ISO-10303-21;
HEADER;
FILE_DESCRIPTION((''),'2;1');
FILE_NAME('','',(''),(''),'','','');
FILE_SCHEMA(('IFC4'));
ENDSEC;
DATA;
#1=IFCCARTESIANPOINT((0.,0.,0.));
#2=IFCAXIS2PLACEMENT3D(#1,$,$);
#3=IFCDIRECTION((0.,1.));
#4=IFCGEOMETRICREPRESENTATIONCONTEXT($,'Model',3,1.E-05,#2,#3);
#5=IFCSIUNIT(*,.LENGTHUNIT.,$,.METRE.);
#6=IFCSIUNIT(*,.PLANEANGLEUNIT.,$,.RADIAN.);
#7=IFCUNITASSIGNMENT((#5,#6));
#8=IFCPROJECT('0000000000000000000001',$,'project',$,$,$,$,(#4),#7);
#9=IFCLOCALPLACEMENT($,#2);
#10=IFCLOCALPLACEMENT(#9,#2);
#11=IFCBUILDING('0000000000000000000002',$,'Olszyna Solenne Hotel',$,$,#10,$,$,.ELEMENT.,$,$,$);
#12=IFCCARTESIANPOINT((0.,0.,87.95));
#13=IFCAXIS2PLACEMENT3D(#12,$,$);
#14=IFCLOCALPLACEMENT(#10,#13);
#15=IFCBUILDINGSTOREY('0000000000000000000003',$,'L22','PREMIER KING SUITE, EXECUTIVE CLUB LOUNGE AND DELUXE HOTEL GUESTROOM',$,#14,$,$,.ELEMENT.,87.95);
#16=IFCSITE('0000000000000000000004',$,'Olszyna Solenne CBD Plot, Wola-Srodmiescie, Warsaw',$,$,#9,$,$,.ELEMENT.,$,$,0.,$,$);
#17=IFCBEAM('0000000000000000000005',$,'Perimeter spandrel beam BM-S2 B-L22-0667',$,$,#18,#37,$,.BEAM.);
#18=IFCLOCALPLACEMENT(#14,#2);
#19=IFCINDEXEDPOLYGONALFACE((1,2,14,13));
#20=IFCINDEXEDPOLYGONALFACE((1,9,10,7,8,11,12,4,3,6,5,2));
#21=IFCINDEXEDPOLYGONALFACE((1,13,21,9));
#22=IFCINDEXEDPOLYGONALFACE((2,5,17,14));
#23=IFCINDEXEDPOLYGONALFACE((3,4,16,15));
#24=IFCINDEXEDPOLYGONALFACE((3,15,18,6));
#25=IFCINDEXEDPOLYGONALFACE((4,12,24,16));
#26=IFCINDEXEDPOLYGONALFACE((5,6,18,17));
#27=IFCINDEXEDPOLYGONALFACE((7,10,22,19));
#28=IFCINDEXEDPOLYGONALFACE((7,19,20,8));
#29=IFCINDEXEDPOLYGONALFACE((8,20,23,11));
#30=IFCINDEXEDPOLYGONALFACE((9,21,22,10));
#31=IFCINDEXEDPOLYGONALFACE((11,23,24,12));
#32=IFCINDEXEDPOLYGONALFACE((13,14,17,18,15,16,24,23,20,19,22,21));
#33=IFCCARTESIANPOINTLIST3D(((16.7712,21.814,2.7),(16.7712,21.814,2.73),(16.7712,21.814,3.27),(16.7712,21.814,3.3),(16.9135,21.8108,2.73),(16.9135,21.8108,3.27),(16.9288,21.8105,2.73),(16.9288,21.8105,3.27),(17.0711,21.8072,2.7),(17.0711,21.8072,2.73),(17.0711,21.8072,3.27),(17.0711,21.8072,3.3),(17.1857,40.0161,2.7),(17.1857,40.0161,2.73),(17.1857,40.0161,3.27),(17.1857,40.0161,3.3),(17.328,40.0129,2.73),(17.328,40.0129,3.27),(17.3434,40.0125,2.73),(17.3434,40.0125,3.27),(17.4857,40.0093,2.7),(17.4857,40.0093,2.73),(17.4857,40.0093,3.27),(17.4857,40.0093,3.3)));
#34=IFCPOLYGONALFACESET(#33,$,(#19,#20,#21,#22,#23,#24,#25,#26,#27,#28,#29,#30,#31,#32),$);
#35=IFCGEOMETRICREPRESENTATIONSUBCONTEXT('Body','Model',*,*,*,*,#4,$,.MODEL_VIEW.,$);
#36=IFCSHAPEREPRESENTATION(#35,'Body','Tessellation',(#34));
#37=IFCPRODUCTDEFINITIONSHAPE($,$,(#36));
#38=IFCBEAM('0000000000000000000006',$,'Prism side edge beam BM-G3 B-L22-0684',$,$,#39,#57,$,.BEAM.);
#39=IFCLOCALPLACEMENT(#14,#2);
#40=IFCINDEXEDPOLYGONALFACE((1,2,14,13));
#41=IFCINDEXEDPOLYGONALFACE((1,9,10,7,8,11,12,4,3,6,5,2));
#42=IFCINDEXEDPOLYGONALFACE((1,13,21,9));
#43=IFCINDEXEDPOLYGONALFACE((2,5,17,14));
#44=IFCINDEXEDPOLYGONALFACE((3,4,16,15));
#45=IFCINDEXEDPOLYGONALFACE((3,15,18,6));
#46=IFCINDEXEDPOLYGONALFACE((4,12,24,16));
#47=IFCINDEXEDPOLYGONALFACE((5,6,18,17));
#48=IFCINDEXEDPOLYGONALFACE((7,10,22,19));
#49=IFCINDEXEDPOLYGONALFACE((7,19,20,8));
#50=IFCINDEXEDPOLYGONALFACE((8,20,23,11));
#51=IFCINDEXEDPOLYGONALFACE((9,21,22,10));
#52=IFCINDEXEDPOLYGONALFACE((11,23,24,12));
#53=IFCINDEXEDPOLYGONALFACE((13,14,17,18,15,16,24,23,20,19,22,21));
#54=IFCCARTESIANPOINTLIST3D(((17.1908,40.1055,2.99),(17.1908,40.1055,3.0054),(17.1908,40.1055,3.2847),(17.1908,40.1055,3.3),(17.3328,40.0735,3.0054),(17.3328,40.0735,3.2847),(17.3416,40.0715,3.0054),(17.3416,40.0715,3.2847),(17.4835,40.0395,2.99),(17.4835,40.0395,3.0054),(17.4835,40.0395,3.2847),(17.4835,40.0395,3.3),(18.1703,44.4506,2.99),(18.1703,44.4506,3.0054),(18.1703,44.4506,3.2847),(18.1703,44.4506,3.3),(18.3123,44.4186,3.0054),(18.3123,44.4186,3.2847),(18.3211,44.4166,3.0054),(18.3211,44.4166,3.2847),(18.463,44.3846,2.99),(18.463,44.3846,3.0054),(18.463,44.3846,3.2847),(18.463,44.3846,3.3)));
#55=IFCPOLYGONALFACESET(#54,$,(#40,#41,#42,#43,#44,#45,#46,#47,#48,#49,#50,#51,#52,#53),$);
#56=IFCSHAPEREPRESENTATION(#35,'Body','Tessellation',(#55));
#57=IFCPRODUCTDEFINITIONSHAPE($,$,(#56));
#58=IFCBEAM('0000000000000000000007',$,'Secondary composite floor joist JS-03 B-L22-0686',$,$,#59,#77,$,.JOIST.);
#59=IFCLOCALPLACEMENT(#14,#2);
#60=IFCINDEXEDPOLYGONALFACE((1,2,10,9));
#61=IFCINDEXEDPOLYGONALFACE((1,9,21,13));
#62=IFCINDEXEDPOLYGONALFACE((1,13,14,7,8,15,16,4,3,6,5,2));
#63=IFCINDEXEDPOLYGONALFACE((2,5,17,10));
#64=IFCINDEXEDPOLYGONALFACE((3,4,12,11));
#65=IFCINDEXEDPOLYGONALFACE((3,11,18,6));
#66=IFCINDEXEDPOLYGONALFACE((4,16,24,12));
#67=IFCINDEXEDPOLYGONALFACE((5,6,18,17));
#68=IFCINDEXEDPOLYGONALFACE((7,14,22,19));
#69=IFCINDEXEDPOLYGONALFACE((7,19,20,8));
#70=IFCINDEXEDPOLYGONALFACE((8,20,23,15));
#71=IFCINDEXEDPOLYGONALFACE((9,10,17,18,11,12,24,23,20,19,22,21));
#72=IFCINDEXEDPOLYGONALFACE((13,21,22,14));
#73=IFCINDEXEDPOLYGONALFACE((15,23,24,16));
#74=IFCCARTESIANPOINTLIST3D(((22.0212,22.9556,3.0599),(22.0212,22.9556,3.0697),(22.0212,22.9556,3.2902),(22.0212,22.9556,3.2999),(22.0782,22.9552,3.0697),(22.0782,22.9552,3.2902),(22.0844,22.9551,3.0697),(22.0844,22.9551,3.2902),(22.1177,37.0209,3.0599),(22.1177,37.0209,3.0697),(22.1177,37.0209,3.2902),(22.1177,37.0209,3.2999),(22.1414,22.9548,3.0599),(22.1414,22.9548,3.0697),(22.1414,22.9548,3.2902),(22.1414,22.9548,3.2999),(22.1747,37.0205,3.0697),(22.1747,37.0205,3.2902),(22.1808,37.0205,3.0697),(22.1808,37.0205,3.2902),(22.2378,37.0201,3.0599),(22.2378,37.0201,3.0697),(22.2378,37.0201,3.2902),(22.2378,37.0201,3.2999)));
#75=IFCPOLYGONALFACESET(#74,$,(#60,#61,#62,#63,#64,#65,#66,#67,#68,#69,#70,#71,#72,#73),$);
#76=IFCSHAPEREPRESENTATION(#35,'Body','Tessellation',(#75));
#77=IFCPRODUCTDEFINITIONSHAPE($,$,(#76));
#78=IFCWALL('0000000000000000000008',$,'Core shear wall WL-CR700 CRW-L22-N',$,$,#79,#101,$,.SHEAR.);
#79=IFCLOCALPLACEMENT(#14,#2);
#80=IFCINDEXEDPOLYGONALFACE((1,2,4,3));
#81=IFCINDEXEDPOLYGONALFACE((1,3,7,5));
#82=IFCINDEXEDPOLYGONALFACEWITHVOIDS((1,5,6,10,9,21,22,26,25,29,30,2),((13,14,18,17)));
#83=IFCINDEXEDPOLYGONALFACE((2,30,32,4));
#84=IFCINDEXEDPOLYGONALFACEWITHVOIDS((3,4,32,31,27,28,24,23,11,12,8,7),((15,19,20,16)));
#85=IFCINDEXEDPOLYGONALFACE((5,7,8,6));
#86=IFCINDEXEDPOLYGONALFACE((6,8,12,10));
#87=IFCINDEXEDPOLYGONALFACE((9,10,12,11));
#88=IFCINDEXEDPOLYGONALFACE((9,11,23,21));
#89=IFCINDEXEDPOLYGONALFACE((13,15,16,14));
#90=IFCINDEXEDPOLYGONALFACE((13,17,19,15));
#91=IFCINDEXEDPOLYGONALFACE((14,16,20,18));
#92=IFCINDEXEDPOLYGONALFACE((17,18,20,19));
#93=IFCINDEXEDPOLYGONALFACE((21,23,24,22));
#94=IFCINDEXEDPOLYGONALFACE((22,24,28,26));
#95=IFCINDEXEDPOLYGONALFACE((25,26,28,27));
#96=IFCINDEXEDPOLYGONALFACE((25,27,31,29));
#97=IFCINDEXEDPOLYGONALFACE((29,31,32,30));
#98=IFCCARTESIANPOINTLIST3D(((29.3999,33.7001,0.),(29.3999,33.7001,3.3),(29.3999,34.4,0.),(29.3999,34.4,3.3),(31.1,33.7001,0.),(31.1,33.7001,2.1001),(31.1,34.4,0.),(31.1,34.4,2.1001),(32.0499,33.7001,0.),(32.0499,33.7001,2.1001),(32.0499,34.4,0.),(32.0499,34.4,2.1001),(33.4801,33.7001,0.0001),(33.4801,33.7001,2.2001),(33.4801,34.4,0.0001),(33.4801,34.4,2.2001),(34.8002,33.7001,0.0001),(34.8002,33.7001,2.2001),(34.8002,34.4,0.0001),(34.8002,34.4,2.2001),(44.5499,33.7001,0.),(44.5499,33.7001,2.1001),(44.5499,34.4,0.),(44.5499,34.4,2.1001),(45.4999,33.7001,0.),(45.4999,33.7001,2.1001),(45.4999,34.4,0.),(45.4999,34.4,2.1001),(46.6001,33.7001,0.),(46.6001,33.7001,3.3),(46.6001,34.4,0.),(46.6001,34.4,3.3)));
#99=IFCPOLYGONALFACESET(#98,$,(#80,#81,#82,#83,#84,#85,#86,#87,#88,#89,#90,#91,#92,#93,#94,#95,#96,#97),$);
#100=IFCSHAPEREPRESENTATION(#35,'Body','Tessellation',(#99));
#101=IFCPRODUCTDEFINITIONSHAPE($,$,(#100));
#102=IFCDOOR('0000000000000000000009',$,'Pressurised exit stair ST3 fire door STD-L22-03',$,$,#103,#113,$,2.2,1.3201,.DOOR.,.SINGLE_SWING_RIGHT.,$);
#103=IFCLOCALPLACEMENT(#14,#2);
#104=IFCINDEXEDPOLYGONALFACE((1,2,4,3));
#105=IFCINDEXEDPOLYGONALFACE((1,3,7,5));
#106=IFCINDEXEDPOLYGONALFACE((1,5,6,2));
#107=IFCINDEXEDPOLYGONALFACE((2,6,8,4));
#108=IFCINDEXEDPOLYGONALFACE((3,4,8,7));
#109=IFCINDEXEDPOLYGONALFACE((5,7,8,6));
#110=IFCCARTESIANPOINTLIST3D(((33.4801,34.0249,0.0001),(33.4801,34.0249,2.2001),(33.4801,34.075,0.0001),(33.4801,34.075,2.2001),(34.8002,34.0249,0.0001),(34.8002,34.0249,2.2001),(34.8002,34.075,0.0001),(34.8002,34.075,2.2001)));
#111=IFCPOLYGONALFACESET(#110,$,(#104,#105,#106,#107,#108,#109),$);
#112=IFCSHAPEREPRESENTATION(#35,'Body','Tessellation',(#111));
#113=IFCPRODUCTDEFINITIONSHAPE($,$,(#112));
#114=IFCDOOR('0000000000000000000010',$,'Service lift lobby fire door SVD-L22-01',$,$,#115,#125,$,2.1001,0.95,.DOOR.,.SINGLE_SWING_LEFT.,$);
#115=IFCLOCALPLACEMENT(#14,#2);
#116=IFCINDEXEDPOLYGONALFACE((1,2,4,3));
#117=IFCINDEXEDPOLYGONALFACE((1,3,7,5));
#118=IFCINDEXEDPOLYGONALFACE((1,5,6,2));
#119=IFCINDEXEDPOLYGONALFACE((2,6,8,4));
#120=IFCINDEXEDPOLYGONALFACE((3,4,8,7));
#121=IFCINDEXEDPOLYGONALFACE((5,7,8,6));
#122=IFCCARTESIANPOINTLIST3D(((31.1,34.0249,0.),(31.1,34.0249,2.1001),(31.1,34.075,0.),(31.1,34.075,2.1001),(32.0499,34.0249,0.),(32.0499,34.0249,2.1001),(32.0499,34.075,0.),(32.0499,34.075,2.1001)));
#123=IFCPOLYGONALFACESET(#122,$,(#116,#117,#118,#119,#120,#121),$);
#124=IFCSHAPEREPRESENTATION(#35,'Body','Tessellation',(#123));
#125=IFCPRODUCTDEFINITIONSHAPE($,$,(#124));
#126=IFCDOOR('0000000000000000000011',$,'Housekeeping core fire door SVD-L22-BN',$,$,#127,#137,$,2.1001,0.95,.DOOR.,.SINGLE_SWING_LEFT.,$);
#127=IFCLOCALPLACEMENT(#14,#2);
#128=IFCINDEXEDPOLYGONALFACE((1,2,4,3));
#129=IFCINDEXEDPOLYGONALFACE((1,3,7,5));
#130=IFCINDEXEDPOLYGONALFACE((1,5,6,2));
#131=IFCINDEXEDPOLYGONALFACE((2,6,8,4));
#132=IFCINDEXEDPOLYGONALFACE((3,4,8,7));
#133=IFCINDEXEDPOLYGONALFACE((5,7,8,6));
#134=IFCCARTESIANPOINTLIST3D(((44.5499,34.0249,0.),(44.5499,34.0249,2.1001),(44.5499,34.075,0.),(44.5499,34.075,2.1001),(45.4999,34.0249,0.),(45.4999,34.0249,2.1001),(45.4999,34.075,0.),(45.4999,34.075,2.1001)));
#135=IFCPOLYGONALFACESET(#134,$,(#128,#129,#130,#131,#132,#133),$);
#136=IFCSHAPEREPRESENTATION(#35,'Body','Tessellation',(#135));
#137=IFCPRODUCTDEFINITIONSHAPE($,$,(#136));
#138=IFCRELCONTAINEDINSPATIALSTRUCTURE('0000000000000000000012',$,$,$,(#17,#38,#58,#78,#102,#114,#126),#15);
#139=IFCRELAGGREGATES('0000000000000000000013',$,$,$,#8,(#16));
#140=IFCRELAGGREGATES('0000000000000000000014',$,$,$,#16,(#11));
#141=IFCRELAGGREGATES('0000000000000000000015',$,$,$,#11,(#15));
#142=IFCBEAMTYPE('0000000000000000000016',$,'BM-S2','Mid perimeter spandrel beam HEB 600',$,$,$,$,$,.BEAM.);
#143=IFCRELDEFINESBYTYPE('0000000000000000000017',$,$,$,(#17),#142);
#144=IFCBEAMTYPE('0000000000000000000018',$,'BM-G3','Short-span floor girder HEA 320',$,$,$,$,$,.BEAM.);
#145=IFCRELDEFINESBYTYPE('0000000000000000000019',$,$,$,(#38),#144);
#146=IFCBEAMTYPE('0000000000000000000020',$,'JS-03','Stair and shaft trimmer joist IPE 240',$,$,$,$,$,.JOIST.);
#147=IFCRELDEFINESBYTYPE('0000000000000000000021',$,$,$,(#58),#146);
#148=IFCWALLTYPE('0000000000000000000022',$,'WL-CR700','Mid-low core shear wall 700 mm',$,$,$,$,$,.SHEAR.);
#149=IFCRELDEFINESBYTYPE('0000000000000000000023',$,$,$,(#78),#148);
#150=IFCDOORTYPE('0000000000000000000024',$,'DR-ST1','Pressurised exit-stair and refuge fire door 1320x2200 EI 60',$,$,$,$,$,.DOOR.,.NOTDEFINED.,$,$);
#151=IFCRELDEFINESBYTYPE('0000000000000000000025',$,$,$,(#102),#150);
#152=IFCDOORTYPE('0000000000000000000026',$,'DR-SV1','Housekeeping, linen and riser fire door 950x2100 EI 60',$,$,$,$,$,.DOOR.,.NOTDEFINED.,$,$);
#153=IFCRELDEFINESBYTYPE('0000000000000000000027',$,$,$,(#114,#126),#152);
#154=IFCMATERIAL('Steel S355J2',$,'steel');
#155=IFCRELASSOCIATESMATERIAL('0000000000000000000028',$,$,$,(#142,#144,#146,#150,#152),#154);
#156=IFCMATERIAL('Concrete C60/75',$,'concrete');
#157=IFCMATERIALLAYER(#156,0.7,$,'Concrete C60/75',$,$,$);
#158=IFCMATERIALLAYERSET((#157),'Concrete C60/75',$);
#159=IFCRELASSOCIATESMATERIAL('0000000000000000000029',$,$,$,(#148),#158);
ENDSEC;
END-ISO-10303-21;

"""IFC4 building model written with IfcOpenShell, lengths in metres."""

from ifc_helpers import new_model, si_unit, direction, frame, frame_2d, origin, origin_2d, place, context, subcontext, project, spatial, rectangle, i_section, extrude, source, transform, mapped, material, layer, layer_set, material_profile, profile_set, type_object, type_shapes, element, fill, save


model = new_model("IFC4")

# Units and contexts
model_context = context("Model", 3, precision=1e-05, world=origin(), true_north=direction((0.0, 1.0)))
body_context = subcontext(model_context, "Body", "Model", "MODEL_VIEW")
ifc_project = project(units=[si_unit("LENGTHUNIT", "METRE"), si_unit("PLANEANGLEUNIT", "RADIAN")], contexts=[model_context])

# Site, building, storey
site_placement = place(None, origin())
site = spatial("IfcSite", under=ifc_project, at=site_placement, Name="Olszyna Solenne CBD Plot, Wola-Srodmiescie, Warsaw", CompositionType="ELEMENT", RefElevation=0.0)
building_placement = place(site_placement, origin())
building = spatial("IfcBuilding", under=site, at=building_placement, Name="Olszyna Solenne Hotel", CompositionType="ELEMENT")
storey_placement = place(building_placement, frame((0.0, 0.0, 87.95)))
storey = spatial("IfcBuildingStorey", under=building, at=storey_placement, Name="L22", Description="PREMIER KING SUITE, EXECUTIVE CLUB LOUNGE AND DELUXE HOTEL GUESTROOM", CompositionType="ELEMENT", Elevation=87.95)

# Beams
ifc_material_1 = material(Name="Steel S355J2", Category="steel")
ifc_material_profile_1 = material_profile(ifc_material_1, i_section(OverallWidth=0.3, OverallDepth=0.6001, WebThickness=0.0154, FlangeThickness=0.03, at=origin_2d()), Name="HEB 600", Category="load-bearing")
ifc_profile_set_1 = profile_set([ifc_material_profile_1], Name="Steel S355J2")
beam_type_1 = type_object("IfcBeamType", Name="BM-S2", Description="Mid perimeter spandrel beam HEB 600", PredefinedType="BEAM", material=ifc_profile_set_1)
shared_shape_1 = source(origin(), body_context, "Body", "SweptSolid", [
    extrude(i_section(OverallWidth=0.3, OverallDepth=0.6001, WebThickness=0.0154, FlangeThickness=0.03, at=origin_2d()), origin(), (0.0, 0.0, 1.0), 18.2068),
])
beam_1_placement = place(storey_placement, frame((17.3357, 40.0127, 3.0), z_axis=(-0.022769, -0.999741, 0.0), x_axis=(0.999741, -0.022769, 0.0)))
element("IfcBeam", 1, at=beam_1_placement, inside=storey, type_object=beam_type_1, Name="Perimeter spandrel beam BM-S2 B-L22-0667", PredefinedType="BEAM", context=body_context, shape_type="MappedRepresentation", body=[
    mapped(shared_shape_1, transform((0.0, 0.0, 0.0), x_axis=(1.0, 0.0, 0.0), y_axis=(0.0, 1.0, 0.0), z_axis=(0.0, 0.0, 1.0), scale=1.0)),
])
ifc_material_profile_2 = material_profile(ifc_material_1, i_section(OverallWidth=0.3, OverallDepth=0.3101, WebThickness=0.009, FlangeThickness=0.0154, at=origin_2d()), Name="HEA 320", Category="load-bearing")
ifc_profile_set_2 = profile_set([ifc_material_profile_2], Name="Steel S355J2")
beam_type_2 = type_object("IfcBeamType", Name="BM-G3", Description="Short-span floor girder HEA 320", PredefinedType="BEAM", material=ifc_profile_set_2)
shared_shape_2 = source(origin(), body_context, "Body", "SweptSolid", [
    extrude(i_section(OverallWidth=0.3, OverallDepth=0.3101, WebThickness=0.009, FlangeThickness=0.0154, at=origin_2d()), origin(), (0.0, 0.0, 1.0), 4.4541),
])
beam_2_placement = place(storey_placement, frame((17.3372, 40.0725, 3.145), z_axis=(0.219913, 0.97552, 0.0), x_axis=(-0.97552, 0.219913, 0.0)))
element("IfcBeam", 2, at=beam_2_placement, inside=storey, type_object=beam_type_2, Name="Prism side edge beam BM-G3 B-L22-0684", PredefinedType="BEAM", context=body_context, shape_type="MappedRepresentation", body=[
    mapped(shared_shape_2, transform((0.0, 0.0, 0.0), x_axis=(1.0, 0.0, 0.0), y_axis=(0.0, 1.0, 0.0), z_axis=(0.0, 0.0, 1.0), scale=1.0)),
])
ifc_material_profile_3 = material_profile(ifc_material_1, i_section(OverallWidth=0.1201, OverallDepth=0.24, WebThickness=0.0061, FlangeThickness=0.0098, at=origin_2d()), Name="IPE 240", Category="load-bearing")
ifc_profile_set_3 = profile_set([ifc_material_profile_3], Name="Steel S355J2")
beam_type_3 = type_object("IfcBeamType", Name="JS-03", Description="Stair and shaft trimmer joist IPE 240", PredefinedType="JOIST", material=ifc_profile_set_3)
shared_shape_3 = source(origin(), body_context, "Body", "SweptSolid", [
    extrude(i_section(OverallWidth=0.1201, OverallDepth=0.24, WebThickness=0.0061, FlangeThickness=0.0098, at=origin_2d()), origin(), (0.0, 0.0, 1.0), 14.0657),
])
beam_3_placement = place(storey_placement, frame((22.1777, 37.0205, 3.1799), z_axis=(-0.006856, -0.999976, 0.0), x_axis=(0.999976, -0.006856, 0.0)))
element("IfcBeam", 3, at=beam_3_placement, inside=storey, type_object=beam_type_3, Name="Secondary composite floor joist JS-03 B-L22-0686", PredefinedType="JOIST", context=body_context, shape_type="MappedRepresentation", body=[
    mapped(shared_shape_3, transform((0.0, 0.0, 0.0), x_axis=(1.0, 0.0, 0.0), y_axis=(0.0, 1.0, 0.0), z_axis=(0.0, 0.0, 1.0), scale=1.0)),
])

# Wall, openings, doors
ifc_material_2 = material(Name="Concrete C60/75", Category="concrete")
ifc_layer_1 = layer(ifc_material_2, 0.7, Name="Concrete C60/75")
ifc_layer_set_1 = layer_set([ifc_layer_1], Name="Concrete C60/75")
wall_type_1 = type_object("IfcWallType", Name="WL-CR700", Description="Mid-low core shear wall 700 mm", PredefinedType="SHEAR", material=ifc_layer_set_1)
wall_1_placement = place(storey_placement, frame((29.3999, 34.05, 0.0), z_axis=(0.0, 0.0, 1.0), x_axis=(1.0, 0.0, 0.0)))
wall_1 = element("IfcWall", 4, at=wall_1_placement, inside=storey, type_object=wall_type_1, Name="Core shear wall WL-CR700 CRW-L22-N", PredefinedType="SHEAR", context=body_context, shape_type="SweptSolid", body=[
    extrude(rectangle(XDim=17.2002, YDim=0.7, at=frame_2d((8.6001, 0.0))), origin(), (0.0, 0.0, 1.0), 3.3),
])
opening_1_placement = place(wall_1_placement, frame((1.7, 0.0, 0.0)))
opening_1 = element("IfcOpeningElement", 5, at=opening_1_placement, cuts=wall_1, PredefinedType="OPENING", context=body_context, shape_type="SweptSolid", body=[
    extrude(rectangle(XDim=0.95, YDim=2.1001, at=frame_2d((0.4751, 1.05))), frame((0.0, 0.3599, 0.0), z_axis=(0.0, -1.0, 0.0), x_axis=(1.0, 0.0, 0.0)), (0.0, 0.0, 1.0), 0.72),
])
opening_2_placement = place(wall_1_placement, frame((4.0801, 0.0, 0.0)))
opening_2 = element("IfcOpeningElement", 6, at=opening_2_placement, cuts=wall_1, PredefinedType="OPENING", context=body_context, shape_type="SweptSolid", body=[
    extrude(rectangle(XDim=1.3201, YDim=2.2, at=frame_2d((0.6602, 1.1001))), frame((0.0, 0.3599, 0.0), z_axis=(0.0, -1.0, 0.0), x_axis=(1.0, 0.0, 0.0)), (0.0, 0.0, 1.0), 0.72),
])
opening_3_placement = place(wall_1_placement, frame((15.1499, 0.0, 0.0)))
opening_3 = element("IfcOpeningElement", 7, at=opening_3_placement, cuts=wall_1, PredefinedType="OPENING", context=body_context, shape_type="SweptSolid", body=[
    extrude(rectangle(XDim=0.95, YDim=2.1001, at=frame_2d((0.4751, 1.05))), frame((0.0, 0.3599, 0.0), z_axis=(0.0, -1.0, 0.0), x_axis=(1.0, 0.0, 0.0)), (0.0, 0.0, 1.0), 0.72),
])
door_type_1 = type_object("IfcDoorType", Name="DR-ST1", Description="Pressurised exit-stair and refuge fire door 1320x2200 EI 60", OperationType="NOTDEFINED", PredefinedType="DOOR", material=ifc_material_1)
shared_shape_4 = source(origin(), body_context, "Body", "SweptSolid", [
    extrude(rectangle(XDim=1.3201, YDim=2.2, at=frame_2d((0.6602, 1.1001))), frame((0.0, 0.0249, 0.0), z_axis=(0.0, -1.0, 0.0), x_axis=(1.0, 0.0, 0.0)), (0.0, 0.0, 1.0), 0.05),
])
type_shapes(door_type_1, [shared_shape_4])
door_1_placement = place(opening_2_placement, origin())
door_1 = element("IfcDoor", 8, at=door_1_placement, inside=storey, type_object=door_type_1, Name="Pressurised exit stair ST3 fire door STD-L22-03", OperationType="SINGLE_SWING_RIGHT", OverallHeight=2.2, OverallWidth=1.3201, PredefinedType="DOOR", context=body_context, shape_type="MappedRepresentation", body=[
    mapped(shared_shape_4, transform((0.0, 0.0, 0.0), x_axis=(1.0, 0.0, 0.0), y_axis=(0.0, 1.0, 0.0), z_axis=(0.0, 0.0, 1.0), scale=1.0)),
])
fill(opening_2, door_1)
door_type_2 = type_object("IfcDoorType", Name="DR-SV1", Description="Housekeeping, linen and riser fire door 950x2100 EI 60", OperationType="NOTDEFINED", PredefinedType="DOOR", material=ifc_material_1)
shared_shape_5 = source(origin(), body_context, "Body", "SweptSolid", [
    extrude(rectangle(XDim=0.95, YDim=2.1001, at=frame_2d((0.4751, 1.05))), frame((0.0, 0.0249, 0.0), z_axis=(0.0, -1.0, 0.0), x_axis=(1.0, 0.0, 0.0)), (0.0, 0.0, 1.0), 0.05),
])
type_shapes(door_type_2, [shared_shape_5])
door_2_placement = place(opening_1_placement, origin())
door_2 = element("IfcDoor", 9, at=door_2_placement, inside=storey, type_object=door_type_2, Name="Service lift lobby fire door SVD-L22-01", OperationType="SINGLE_SWING_LEFT", OverallHeight=2.1001, OverallWidth=0.95, PredefinedType="DOOR", context=body_context, shape_type="MappedRepresentation", body=[
    mapped(shared_shape_5, transform((0.0, 0.0, 0.0), x_axis=(1.0, 0.0, 0.0), y_axis=(0.0, 1.0, 0.0), z_axis=(0.0, 0.0, 1.0), scale=1.0)),
])
fill(opening_1, door_2)
door_3_placement = place(opening_3_placement, origin())
door_3 = element("IfcDoor", 10, at=door_3_placement, inside=storey, type_object=door_type_2, Name="Housekeeping core fire door SVD-L22-BN", OperationType="SINGLE_SWING_LEFT", OverallHeight=2.1001, OverallWidth=0.95, PredefinedType="DOOR", context=body_context, shape_type="MappedRepresentation", body=[
    mapped(shared_shape_5, transform((0.0, 0.0, 0.0), x_axis=(1.0, 0.0, 0.0), y_axis=(0.0, 1.0, 0.0), z_axis=(0.0, 0.0, 1.0), scale=1.0)),
])
fill(opening_3, door_3)

save(model, "model.ifc")
